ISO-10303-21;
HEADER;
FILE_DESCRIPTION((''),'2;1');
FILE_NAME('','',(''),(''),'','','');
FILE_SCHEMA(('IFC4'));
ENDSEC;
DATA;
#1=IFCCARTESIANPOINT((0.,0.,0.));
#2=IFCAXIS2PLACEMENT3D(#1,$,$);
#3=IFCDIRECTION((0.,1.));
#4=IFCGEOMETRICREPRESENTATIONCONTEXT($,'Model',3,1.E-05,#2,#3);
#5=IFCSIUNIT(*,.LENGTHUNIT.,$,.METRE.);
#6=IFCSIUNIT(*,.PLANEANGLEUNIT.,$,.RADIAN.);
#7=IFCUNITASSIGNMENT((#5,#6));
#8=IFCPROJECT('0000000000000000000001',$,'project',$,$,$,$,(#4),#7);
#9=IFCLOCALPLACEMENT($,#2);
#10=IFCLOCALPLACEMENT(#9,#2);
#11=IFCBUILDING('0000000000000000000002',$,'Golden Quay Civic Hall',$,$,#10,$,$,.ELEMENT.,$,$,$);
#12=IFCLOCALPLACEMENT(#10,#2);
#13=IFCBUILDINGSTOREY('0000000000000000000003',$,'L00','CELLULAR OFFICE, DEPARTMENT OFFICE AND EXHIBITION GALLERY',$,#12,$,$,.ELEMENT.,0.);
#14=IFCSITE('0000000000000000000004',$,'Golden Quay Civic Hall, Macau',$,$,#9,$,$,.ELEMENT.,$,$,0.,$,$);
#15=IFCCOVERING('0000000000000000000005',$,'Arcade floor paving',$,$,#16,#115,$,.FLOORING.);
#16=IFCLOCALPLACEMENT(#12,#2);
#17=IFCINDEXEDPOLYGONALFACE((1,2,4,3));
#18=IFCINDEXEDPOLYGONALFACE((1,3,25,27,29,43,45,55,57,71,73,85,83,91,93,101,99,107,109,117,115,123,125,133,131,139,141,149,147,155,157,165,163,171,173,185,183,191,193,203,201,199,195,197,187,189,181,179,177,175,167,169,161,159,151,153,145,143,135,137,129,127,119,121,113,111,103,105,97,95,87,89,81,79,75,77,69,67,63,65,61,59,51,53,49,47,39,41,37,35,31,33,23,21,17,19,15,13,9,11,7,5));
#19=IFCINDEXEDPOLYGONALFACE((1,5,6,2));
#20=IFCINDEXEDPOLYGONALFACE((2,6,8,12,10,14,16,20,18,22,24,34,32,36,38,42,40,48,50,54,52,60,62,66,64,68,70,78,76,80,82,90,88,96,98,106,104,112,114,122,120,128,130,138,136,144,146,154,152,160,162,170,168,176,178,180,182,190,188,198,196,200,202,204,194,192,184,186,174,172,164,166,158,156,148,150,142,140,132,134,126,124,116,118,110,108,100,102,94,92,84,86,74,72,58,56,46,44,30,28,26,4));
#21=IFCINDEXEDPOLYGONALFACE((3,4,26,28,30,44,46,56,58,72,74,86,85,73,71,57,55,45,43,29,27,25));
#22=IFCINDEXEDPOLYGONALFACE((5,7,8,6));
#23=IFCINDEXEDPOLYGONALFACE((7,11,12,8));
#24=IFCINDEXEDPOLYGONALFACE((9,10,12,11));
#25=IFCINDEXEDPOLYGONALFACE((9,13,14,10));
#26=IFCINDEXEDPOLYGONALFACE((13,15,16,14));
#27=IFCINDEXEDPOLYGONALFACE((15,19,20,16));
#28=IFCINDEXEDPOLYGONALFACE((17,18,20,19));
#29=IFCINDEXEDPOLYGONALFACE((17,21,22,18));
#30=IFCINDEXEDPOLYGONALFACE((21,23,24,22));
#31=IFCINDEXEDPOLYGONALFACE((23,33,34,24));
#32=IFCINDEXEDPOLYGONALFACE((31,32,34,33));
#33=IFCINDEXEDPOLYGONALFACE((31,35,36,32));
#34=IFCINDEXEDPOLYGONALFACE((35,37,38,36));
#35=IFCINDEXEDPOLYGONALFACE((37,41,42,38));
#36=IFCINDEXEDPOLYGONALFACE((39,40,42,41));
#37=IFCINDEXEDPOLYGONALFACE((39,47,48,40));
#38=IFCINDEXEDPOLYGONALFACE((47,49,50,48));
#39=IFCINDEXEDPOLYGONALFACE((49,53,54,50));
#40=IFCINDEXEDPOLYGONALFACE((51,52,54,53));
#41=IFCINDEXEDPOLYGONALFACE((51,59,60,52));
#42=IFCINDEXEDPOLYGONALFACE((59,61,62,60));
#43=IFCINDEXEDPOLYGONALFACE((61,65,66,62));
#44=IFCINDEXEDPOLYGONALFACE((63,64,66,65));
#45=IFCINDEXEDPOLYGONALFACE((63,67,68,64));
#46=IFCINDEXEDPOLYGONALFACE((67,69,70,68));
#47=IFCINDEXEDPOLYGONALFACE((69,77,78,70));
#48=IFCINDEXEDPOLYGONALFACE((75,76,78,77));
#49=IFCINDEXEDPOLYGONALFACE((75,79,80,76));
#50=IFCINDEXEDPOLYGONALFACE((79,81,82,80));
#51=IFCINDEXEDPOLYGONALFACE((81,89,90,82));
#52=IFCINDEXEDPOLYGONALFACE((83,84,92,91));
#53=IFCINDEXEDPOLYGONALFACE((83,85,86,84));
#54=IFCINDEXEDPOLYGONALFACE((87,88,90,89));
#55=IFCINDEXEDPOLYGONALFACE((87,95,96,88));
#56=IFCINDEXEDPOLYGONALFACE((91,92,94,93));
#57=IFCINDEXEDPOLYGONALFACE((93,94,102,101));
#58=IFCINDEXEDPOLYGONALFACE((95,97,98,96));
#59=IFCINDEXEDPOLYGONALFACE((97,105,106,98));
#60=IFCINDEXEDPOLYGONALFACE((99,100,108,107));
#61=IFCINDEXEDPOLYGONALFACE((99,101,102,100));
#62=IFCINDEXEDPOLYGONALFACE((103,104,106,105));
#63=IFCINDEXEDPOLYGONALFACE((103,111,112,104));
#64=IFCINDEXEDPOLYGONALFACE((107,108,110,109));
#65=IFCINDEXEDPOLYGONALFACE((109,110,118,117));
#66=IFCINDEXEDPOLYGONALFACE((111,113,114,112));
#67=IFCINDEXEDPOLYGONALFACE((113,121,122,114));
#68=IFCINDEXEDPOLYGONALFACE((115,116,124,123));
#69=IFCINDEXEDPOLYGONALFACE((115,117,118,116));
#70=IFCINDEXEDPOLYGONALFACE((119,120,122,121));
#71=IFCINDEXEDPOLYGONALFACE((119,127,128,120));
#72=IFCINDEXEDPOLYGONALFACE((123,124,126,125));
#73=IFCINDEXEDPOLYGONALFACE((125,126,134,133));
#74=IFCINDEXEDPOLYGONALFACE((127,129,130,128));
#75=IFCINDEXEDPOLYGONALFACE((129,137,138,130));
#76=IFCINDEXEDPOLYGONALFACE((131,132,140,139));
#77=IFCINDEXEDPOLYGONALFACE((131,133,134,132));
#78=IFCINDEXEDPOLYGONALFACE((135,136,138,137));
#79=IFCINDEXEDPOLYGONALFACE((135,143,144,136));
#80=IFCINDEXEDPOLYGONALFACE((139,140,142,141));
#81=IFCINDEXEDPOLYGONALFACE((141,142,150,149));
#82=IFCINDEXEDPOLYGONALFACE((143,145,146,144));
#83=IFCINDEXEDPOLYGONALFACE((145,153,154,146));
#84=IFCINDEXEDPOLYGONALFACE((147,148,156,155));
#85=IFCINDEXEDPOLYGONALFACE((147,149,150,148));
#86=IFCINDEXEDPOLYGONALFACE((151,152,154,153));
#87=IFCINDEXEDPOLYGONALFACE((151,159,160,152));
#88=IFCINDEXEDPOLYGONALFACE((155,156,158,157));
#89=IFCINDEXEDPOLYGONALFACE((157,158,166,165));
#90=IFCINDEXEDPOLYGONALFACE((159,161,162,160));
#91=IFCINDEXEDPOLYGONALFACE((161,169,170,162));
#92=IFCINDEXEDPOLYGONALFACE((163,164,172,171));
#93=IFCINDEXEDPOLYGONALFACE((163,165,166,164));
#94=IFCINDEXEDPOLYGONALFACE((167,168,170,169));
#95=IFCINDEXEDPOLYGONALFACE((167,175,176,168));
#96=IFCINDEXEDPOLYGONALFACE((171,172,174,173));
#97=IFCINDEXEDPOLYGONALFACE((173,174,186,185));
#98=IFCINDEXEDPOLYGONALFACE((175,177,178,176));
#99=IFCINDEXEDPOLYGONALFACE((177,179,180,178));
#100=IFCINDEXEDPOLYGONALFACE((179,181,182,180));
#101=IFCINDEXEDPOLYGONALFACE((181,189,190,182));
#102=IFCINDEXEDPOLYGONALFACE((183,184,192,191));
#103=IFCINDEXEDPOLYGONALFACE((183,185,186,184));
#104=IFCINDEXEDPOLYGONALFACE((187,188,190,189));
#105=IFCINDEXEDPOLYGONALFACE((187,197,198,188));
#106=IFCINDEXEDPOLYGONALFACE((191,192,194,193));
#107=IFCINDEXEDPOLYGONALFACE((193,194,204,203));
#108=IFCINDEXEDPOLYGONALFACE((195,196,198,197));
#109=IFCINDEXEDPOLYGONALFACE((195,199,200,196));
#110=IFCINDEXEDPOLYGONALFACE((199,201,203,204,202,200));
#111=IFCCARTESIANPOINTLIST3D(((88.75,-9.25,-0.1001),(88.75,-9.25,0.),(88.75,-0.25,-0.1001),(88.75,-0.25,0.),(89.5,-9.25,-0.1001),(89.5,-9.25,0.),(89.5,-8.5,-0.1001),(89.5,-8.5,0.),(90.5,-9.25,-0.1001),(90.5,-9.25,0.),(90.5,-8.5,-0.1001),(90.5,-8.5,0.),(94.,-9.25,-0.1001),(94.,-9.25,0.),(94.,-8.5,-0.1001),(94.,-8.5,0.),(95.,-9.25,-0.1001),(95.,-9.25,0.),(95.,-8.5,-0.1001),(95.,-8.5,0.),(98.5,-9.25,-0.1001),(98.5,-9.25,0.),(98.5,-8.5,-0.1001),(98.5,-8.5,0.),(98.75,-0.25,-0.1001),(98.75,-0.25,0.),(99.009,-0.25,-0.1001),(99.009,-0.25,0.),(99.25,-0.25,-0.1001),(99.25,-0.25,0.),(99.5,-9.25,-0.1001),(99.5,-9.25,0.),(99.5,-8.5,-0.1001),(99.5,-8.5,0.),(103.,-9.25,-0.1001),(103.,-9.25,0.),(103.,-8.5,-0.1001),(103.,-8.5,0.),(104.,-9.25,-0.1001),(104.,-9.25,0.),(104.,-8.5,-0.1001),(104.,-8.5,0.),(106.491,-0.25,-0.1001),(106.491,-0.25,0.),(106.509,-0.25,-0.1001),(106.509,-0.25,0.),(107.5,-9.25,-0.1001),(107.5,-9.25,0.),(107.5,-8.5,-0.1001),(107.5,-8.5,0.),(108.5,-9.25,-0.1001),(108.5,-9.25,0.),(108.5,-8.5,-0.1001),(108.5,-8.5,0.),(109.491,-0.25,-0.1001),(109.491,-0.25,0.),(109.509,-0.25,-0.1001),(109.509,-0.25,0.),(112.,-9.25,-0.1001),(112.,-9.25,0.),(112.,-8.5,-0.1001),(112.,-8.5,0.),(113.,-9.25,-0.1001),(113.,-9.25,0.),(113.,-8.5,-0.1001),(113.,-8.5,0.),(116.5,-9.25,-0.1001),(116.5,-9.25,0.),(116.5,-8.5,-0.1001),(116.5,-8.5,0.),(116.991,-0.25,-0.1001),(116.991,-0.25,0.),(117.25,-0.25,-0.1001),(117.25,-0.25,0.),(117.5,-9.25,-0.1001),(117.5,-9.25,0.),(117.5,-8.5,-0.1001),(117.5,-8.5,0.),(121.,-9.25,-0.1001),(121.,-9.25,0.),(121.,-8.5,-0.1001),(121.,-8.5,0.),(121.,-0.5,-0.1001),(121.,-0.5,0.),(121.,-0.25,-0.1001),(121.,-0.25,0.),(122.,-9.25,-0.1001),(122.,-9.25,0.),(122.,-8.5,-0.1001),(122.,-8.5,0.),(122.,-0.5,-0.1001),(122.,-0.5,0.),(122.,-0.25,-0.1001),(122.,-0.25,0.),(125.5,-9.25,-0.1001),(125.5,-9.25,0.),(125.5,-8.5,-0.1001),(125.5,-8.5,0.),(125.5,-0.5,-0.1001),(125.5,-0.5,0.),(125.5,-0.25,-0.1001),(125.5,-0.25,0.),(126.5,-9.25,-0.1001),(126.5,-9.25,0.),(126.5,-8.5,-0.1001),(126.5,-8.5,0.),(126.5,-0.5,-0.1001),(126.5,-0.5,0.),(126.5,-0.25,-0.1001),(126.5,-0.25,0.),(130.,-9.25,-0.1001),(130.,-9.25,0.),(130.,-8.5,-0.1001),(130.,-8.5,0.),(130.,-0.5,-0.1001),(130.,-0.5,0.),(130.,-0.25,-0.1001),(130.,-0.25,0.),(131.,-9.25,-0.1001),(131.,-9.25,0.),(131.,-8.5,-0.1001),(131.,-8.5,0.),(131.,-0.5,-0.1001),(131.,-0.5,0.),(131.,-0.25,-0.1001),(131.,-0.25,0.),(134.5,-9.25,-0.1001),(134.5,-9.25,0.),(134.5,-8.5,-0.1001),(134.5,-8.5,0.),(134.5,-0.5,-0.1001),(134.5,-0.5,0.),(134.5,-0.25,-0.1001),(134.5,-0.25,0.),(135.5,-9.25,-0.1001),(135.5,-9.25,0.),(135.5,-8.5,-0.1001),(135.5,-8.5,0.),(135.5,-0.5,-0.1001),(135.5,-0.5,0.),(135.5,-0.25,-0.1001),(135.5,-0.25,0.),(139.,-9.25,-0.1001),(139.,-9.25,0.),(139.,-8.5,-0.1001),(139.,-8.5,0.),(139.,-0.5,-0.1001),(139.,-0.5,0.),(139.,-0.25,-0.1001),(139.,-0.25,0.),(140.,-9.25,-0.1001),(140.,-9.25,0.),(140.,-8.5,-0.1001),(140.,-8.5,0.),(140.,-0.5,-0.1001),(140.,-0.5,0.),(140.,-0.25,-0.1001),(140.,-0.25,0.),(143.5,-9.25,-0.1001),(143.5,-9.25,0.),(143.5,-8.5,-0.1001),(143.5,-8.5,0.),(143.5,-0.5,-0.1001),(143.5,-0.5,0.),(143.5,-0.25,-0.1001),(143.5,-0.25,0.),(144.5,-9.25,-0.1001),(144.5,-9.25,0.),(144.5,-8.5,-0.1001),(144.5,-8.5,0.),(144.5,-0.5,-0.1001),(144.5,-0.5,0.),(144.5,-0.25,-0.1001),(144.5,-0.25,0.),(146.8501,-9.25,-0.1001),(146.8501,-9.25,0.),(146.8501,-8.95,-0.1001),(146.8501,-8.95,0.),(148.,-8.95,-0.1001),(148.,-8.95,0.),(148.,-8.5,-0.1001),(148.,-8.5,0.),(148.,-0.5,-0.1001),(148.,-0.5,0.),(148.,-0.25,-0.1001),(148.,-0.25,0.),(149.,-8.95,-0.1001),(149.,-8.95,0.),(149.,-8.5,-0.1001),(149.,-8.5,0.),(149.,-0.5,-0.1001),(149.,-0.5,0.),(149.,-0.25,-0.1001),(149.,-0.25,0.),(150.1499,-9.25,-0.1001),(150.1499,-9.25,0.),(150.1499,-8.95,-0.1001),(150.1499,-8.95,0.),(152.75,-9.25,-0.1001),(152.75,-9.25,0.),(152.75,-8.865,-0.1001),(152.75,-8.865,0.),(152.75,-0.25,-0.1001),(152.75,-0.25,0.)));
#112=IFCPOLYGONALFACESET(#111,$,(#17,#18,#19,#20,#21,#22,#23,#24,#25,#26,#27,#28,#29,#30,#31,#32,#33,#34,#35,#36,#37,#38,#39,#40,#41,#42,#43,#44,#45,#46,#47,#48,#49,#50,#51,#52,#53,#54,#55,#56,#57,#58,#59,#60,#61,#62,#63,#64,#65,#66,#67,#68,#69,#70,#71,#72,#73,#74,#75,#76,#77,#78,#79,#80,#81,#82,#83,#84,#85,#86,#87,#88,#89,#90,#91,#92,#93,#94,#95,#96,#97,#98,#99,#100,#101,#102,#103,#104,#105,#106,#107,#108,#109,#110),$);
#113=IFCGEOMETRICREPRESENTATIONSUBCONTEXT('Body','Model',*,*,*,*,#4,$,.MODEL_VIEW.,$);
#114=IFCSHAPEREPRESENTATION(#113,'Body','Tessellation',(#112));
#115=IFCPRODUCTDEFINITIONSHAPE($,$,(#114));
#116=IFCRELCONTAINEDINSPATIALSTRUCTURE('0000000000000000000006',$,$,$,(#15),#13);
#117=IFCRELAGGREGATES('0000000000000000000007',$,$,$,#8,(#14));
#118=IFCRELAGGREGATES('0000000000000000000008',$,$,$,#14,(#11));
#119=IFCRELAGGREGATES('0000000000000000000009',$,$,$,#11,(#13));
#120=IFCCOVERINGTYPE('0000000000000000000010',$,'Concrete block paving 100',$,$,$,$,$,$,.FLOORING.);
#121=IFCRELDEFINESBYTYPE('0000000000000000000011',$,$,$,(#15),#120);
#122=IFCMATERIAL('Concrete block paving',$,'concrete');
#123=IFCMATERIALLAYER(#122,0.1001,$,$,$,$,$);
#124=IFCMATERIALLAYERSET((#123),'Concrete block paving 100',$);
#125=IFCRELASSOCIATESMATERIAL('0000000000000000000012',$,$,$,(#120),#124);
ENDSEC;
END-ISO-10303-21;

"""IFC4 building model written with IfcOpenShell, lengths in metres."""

from ifc_helpers import new_model, si_unit, direction, frame, origin, place, context, subcontext, project, spatial, polyline, outline, extrude, material, layer, layer_set, type_object, element, save


model = new_model("IFC4")

# Units and contexts
model_context = context("Model", 3, precision=1e-05, world=origin(), true_north=direction((0.0, 1.0)))
body_context = subcontext(model_context, "Body", "Model", "MODEL_VIEW")
ifc_project = project(units=[si_unit("LENGTHUNIT", "METRE"), si_unit("PLANEANGLEUNIT", "RADIAN")], contexts=[model_context])

# Site, building, storey
site_placement = place(None, origin())
site = spatial("IfcSite", under=ifc_project, at=site_placement, Name="Golden Quay Civic Hall, Macau", CompositionType="ELEMENT", RefElevation=0.0)
building_placement = place(site_placement, origin())
building = spatial("IfcBuilding", under=site, at=building_placement, Name="Golden Quay Civic Hall", CompositionType="ELEMENT")
storey_placement = place(building_placement, origin())
storey = spatial("IfcBuildingStorey", under=building, at=storey_placement, Name="L00", Description="CELLULAR OFFICE, DEPARTMENT OFFICE AND EXHIBITION GALLERY", CompositionType="ELEMENT", Elevation=0.0)

# Covering
ifc_material_1 = material(Name="Concrete block paving", Category="concrete")
ifc_layer_1 = layer(ifc_material_1, 0.1001)
ifc_layer_set_1 = layer_set([ifc_layer_1], Name="Concrete block paving 100")
covering_type_1 = type_object("IfcCoveringType", Name="Concrete block paving 100", PredefinedType="FLOORING", material=ifc_layer_set_1)
covering_1_placement = place(storey_placement, frame((0.0, 0.0, -0.1001)))
element("IfcCovering", 1, at=covering_1_placement, inside=storey, type_object=covering_type_1, Name="Arcade floor paving", PredefinedType="FLOORING", context=body_context, shape_type="SweptSolid", body=[
    extrude(outline(polyline([(152.75, -0.25), (152.75, -8.865), (152.75, -9.25), (150.1499, -9.25), (150.1499, -8.95), (149.0, -8.95), (149.0, -8.5), (148.0, -8.5), (148.0, -8.95), (146.8501, -8.95), (146.8501, -9.25), (144.5, -9.25), (144.5, -8.5), (143.5, -8.5), (143.5, -9.25), (140.0, -9.25), (140.0, -8.5), (139.0, -8.5), (139.0, -9.25), (135.5, -9.25), (135.5, -8.5), (134.5, -8.5), (134.5, -9.25), (131.0, -9.25), (131.0, -8.5), (130.0, -8.5), (130.0, -9.25), (126.5, -9.25), (126.5, -8.5), (125.5, -8.5), (125.5, -9.25), (122.0, -9.25), (122.0, -8.5), (121.0, -8.5), (121.0, -9.25), (117.5, -9.25), (117.5, -8.5), (116.5, -8.5), (116.5, -9.25), (113.0, -9.25), (113.0, -8.5), (112.0, -8.5), (112.0, -9.25), (108.5, -9.25), (108.5, -8.5), (107.5, -8.5), (107.5, -9.25), (104.0, -9.25), (104.0, -8.5), (103.0, -8.5), (103.0, -9.25), (99.5, -9.25), (99.5, -8.5), (98.5, -8.5), (98.5, -9.25), (95.0, -9.25), (95.0, -8.5), (94.0, -8.5), (94.0, -9.25), (90.5, -9.25), (90.5, -8.5), (89.5, -8.5), (89.5, -9.25), (88.75, -9.25), (88.75, -0.25), (98.75, -0.25), (99.009, -0.25), (99.25, -0.25), (106.491, -0.25), (106.509, -0.25), (109.491, -0.25), (109.509, -0.25), (116.991, -0.25), (117.25, -0.25), (121.0, -0.25), (121.0, -0.5), (122.0, -0.5), (122.0, -0.25), (125.5, -0.25), (125.5, -0.5), (126.5, -0.5), (126.5, -0.25), (130.0, -0.25), (130.0, -0.5), (131.0, -0.5), (131.0, -0.25), (134.5, -0.25), (134.5, -0.5), (135.5, -0.5), (135.5, -0.25), (139.0, -0.25), (139.0, -0.5), (140.0, -0.5), (140.0, -0.25), (143.5, -0.25), (143.5, -0.5), (144.5, -0.5), (144.5, -0.25), (148.0, -0.25), (148.0, -0.5), (149.0, -0.5), (149.0, -0.25), (152.75, -0.25)])), origin(), (0.0, 0.0, 1.0), 0.1001),
])

save(model, "model.ifc")
